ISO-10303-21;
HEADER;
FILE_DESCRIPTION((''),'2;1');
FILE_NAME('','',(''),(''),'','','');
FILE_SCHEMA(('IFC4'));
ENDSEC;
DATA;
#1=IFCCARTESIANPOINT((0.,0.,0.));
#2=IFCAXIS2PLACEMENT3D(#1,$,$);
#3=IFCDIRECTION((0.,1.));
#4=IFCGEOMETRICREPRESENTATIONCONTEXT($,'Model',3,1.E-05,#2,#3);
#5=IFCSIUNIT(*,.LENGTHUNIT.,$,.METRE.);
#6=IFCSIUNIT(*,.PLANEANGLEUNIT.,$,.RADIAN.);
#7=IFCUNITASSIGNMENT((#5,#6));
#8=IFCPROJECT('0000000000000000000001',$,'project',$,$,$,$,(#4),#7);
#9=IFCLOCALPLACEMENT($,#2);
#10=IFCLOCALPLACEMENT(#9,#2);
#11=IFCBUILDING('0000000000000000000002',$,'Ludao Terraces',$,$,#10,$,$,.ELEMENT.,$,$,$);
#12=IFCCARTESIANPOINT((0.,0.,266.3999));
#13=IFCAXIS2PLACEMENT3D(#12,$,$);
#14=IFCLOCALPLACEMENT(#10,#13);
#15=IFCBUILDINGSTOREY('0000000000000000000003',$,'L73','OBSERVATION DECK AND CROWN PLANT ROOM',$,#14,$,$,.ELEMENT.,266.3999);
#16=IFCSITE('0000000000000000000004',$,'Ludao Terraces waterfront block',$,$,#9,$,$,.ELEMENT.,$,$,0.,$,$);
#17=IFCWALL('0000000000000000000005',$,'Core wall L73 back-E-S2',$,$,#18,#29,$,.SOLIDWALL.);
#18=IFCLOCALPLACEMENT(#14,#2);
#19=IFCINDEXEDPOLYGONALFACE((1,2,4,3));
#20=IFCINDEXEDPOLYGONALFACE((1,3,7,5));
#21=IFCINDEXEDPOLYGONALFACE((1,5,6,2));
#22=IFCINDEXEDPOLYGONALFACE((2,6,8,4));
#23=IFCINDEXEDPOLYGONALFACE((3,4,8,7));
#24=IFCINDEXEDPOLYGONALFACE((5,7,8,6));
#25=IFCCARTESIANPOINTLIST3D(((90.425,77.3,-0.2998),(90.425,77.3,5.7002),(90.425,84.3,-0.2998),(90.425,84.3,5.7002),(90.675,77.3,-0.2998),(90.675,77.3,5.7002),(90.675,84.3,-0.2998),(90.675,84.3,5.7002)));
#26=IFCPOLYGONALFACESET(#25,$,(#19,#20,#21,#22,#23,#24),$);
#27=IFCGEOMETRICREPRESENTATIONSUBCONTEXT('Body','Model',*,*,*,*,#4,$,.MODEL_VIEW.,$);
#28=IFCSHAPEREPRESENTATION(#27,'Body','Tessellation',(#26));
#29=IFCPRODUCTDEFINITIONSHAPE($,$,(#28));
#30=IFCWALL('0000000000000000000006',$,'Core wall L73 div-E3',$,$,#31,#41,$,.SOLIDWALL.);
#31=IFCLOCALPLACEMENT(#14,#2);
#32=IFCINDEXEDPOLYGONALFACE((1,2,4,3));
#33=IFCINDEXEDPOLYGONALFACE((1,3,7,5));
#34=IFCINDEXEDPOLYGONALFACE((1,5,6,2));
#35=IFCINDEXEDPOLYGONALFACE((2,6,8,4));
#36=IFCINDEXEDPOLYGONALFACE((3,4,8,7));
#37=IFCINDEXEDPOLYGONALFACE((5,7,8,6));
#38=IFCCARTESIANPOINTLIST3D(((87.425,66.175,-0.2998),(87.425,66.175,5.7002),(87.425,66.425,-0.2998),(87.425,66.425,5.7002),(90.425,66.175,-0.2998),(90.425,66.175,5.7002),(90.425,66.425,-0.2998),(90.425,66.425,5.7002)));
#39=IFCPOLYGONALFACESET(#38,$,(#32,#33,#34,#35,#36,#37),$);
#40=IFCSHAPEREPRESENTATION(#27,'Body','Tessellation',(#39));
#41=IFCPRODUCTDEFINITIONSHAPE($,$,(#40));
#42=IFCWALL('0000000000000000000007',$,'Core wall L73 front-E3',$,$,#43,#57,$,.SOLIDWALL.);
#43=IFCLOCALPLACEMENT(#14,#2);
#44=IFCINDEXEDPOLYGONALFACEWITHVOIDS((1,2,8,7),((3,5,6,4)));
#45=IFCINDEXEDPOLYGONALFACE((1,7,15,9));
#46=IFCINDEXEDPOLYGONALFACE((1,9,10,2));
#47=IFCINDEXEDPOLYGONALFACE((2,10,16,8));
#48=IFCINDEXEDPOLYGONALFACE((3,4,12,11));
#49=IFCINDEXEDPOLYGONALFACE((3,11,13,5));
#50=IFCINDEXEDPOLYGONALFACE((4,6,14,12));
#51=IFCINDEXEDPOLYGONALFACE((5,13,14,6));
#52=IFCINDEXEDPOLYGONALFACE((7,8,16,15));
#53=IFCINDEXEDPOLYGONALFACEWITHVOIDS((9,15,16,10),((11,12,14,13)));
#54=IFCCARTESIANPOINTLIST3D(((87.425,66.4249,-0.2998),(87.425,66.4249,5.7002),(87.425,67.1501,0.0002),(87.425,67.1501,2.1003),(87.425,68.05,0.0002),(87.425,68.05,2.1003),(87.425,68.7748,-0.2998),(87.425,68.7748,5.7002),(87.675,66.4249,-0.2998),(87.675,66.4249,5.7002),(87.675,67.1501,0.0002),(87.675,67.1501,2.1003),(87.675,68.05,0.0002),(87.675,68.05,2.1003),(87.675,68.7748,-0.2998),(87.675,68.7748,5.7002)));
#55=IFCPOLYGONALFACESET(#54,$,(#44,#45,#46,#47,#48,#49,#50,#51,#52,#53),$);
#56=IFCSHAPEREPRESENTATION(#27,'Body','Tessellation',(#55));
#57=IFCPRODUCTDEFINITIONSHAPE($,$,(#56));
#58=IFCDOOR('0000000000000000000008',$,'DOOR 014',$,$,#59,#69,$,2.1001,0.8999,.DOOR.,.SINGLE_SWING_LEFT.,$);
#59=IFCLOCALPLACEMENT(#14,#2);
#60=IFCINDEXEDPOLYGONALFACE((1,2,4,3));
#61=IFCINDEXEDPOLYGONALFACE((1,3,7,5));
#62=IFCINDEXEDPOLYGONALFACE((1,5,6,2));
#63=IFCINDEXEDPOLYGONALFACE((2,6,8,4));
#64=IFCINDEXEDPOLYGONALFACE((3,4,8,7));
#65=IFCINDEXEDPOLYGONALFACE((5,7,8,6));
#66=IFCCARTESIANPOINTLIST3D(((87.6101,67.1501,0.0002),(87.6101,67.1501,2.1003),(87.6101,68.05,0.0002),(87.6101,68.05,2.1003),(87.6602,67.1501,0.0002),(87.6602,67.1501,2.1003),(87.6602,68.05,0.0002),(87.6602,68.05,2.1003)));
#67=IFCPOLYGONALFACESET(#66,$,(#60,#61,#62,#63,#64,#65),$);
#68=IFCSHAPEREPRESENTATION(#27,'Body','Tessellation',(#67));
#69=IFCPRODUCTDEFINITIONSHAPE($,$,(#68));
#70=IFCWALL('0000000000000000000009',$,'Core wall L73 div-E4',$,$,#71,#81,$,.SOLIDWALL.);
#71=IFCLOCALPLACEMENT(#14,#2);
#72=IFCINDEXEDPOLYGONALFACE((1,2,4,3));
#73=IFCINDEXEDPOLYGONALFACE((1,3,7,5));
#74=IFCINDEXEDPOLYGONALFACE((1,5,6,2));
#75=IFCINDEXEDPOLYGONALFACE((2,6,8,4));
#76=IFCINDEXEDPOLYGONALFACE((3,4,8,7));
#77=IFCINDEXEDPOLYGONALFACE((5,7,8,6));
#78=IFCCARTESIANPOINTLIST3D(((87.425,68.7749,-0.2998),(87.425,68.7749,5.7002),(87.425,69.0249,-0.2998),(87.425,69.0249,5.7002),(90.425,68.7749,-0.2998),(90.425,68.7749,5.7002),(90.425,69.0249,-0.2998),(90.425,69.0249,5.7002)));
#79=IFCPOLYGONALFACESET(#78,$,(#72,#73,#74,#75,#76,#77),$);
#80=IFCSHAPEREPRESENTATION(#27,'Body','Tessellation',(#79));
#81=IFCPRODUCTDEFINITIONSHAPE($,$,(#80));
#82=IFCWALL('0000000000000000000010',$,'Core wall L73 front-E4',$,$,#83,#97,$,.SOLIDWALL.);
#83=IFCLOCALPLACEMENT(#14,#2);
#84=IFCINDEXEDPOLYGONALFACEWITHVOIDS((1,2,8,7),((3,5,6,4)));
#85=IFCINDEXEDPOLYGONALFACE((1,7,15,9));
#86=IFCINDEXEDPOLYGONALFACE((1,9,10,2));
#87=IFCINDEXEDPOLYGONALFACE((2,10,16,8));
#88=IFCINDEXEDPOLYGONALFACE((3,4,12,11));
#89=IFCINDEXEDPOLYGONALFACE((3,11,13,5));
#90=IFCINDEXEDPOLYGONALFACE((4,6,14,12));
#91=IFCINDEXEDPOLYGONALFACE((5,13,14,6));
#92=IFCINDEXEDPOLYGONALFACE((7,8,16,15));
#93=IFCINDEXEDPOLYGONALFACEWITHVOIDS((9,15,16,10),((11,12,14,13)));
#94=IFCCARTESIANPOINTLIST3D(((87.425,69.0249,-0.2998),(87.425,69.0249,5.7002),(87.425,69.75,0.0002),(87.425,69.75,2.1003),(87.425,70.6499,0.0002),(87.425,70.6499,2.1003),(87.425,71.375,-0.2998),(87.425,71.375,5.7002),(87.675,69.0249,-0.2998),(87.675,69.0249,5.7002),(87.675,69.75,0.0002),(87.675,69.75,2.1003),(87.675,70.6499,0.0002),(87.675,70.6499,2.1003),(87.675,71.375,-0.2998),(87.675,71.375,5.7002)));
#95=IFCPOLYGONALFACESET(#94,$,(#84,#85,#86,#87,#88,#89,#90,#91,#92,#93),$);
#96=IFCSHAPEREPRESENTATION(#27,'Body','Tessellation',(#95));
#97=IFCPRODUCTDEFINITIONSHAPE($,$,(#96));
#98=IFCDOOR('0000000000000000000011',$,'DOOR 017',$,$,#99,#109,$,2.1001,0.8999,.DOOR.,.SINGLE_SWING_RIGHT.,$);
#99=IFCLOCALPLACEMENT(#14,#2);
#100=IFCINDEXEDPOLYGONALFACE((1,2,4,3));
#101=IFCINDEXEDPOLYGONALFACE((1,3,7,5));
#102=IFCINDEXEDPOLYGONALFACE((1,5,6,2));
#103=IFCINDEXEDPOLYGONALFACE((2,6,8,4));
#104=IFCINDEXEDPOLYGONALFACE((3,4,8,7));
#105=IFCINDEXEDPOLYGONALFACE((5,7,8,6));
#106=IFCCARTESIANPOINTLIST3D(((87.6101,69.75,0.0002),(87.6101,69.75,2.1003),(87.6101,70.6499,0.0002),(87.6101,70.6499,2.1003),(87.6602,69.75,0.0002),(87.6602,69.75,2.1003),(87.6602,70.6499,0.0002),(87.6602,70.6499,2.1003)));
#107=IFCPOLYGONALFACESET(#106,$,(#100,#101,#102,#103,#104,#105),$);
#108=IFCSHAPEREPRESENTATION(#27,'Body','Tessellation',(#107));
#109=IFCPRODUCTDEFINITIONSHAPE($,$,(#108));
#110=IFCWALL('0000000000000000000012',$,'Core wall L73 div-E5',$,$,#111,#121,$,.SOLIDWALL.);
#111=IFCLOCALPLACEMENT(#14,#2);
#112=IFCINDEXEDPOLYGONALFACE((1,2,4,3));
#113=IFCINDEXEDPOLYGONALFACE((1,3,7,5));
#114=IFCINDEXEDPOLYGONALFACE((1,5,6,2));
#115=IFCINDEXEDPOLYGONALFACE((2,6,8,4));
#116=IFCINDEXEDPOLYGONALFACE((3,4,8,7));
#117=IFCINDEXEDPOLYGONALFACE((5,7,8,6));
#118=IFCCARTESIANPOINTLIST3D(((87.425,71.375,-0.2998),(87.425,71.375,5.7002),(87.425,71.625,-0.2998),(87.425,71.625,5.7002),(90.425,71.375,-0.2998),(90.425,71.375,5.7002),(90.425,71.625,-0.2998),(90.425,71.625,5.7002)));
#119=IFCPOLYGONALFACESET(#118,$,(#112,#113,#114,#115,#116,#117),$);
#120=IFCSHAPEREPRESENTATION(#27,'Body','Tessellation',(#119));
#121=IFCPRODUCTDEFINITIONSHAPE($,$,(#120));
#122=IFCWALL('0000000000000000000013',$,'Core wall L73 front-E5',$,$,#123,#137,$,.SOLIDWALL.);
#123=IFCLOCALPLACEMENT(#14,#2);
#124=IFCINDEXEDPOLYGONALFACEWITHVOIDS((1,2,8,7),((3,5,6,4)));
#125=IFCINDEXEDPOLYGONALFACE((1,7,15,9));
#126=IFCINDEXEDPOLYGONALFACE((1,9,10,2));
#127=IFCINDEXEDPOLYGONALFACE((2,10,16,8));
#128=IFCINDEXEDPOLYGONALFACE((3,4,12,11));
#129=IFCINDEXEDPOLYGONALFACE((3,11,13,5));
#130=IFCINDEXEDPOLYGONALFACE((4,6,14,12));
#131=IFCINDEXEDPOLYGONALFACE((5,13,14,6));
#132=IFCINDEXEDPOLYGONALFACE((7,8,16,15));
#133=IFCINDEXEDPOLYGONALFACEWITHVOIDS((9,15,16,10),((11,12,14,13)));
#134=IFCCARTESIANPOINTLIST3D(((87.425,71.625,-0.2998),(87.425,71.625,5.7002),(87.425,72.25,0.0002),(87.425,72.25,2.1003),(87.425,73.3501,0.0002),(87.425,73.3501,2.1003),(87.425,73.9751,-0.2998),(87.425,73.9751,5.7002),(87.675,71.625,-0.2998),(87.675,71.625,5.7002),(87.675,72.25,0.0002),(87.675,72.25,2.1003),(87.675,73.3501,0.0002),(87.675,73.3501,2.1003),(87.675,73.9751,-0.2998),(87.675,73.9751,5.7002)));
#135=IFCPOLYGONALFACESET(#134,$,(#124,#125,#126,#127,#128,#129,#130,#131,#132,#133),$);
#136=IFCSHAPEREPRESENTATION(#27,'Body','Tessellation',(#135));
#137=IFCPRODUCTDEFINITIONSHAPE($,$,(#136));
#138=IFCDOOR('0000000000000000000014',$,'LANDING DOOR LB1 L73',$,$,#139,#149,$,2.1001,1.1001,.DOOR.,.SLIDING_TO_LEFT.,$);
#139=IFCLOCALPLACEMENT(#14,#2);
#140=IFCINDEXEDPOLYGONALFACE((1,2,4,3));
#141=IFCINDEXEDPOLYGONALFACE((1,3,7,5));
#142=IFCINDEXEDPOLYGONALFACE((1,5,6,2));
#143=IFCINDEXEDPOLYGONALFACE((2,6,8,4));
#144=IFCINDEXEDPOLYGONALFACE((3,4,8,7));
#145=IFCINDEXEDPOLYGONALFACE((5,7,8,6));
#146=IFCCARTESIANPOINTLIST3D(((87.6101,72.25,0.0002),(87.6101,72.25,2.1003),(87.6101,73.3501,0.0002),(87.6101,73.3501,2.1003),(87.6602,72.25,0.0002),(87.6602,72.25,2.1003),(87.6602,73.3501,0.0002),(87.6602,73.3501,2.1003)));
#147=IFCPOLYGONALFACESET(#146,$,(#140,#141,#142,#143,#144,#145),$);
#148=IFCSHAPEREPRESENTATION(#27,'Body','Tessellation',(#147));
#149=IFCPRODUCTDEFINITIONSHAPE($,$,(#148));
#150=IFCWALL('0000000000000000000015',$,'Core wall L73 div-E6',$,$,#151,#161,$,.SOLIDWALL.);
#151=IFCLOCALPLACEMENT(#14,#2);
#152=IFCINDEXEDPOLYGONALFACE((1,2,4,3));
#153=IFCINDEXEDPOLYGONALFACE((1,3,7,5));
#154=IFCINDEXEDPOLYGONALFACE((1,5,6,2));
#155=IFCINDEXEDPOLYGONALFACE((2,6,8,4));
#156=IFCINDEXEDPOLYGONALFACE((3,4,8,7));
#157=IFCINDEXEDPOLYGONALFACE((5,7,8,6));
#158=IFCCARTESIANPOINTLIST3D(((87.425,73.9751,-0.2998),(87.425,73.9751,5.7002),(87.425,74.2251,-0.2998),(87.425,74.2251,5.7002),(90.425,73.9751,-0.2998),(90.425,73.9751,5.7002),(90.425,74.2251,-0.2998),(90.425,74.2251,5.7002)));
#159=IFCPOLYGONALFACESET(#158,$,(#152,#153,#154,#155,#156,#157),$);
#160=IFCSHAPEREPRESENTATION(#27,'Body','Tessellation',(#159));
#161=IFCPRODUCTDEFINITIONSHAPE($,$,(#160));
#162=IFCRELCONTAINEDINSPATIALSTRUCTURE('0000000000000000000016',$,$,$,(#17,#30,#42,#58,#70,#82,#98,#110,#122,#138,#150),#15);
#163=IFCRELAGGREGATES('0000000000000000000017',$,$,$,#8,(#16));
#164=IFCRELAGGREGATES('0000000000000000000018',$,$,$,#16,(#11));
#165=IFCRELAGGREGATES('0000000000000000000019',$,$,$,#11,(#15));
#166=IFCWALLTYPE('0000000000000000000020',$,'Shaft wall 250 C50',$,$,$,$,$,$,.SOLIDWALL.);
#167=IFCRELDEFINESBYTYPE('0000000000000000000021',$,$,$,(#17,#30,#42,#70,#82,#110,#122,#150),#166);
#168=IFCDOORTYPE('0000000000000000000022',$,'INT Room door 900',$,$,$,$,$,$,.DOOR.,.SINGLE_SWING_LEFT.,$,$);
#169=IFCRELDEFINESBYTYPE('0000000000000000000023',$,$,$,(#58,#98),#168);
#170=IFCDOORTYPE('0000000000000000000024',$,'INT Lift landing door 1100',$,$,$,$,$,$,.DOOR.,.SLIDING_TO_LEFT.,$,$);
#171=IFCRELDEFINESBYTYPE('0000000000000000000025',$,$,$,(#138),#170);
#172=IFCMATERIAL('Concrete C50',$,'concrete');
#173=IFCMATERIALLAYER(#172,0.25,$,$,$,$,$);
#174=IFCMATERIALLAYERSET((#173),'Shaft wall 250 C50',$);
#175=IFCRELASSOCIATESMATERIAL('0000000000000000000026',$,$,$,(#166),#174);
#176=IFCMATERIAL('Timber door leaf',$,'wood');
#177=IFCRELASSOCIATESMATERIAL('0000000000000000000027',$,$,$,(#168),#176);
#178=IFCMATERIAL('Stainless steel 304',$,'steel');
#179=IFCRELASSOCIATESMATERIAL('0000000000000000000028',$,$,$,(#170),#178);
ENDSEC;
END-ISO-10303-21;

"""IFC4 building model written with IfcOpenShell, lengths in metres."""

from ifc_helpers import new_model, si_unit, direction, frame, frame_2d, origin, place, context, subcontext, project, spatial, rectangle, extrude, material, layer, layer_set, type_object, element, fill, save


model = new_model("IFC4")

# Units and contexts
model_context = context("Model", 3, precision=1e-05, world=origin(), true_north=direction((0.0, 1.0)))
body_context = subcontext(model_context, "Body", "Model", "MODEL_VIEW")
ifc_project = project(units=[si_unit("LENGTHUNIT", "METRE"), si_unit("PLANEANGLEUNIT", "RADIAN")], contexts=[model_context])

# Site, building, storey
site_placement = place(None, origin())
site = spatial("IfcSite", under=ifc_project, at=site_placement, Name="Ludao Terraces waterfront block", CompositionType="ELEMENT", RefElevation=0.0)
building_placement = place(site_placement, origin())
building = spatial("IfcBuilding", under=site, at=building_placement, Name="Ludao Terraces", CompositionType="ELEMENT")
storey_placement = place(building_placement, frame((0.0, 0.0, 266.3999)))
storey = spatial("IfcBuildingStorey", under=building, at=storey_placement, Name="L73", Description="OBSERVATION DECK AND CROWN PLANT ROOM", CompositionType="ELEMENT", Elevation=266.3999)

# Shared definitions
ifc_material_1 = material(Name="Concrete C50", Category="concrete")

# Walls
ifc_layer_1 = layer(ifc_material_1, 0.25)
ifc_layer_set_1 = layer_set([ifc_layer_1], Name="Shaft wall 250 C50")
wall_type_1 = type_object("IfcWallType", Name="Shaft wall 250 C50", PredefinedType="SOLIDWALL", material=ifc_layer_set_1)
wall_1_placement = place(storey_placement, frame((90.55, 77.3, -0.2998), z_axis=(0.0, 0.0, 1.0), x_axis=(0.0, 1.0, 0.0)))
element("IfcWall", 1, at=wall_1_placement, inside=storey, type_object=wall_type_1, Name="Core wall L73 back-E-S2", PredefinedType="SOLIDWALL", context=body_context, shape_type="SweptSolid", body=[
    extrude(rectangle(XDim=7.0, YDim=0.25, at=frame_2d((3.5, 0.0))), origin(), (0.0, 0.0, 1.0), 6.0),
])
wall_2_placement = place(storey_placement, frame((87.425, 66.3, -0.2998), z_axis=(0.0, 0.0, 1.0), x_axis=(1.0, 0.0, 0.0)))
element("IfcWall", 2, at=wall_2_placement, inside=storey, type_object=wall_type_1, Name="Core wall L73 div-E3", PredefinedType="SOLIDWALL", context=body_context, shape_type="SweptSolid", body=[
    extrude(rectangle(XDim=3.0, YDim=0.25, at=frame_2d((1.5, 0.0))), origin(), (0.0, 0.0, 1.0), 6.0),
])

# Wall, opening, door
wall_3_placement = place(storey_placement, frame((87.55, 66.425, -0.2998), z_axis=(0.0, 0.0, 1.0), x_axis=(0.0, 1.0, 0.0)))
wall_3 = element("IfcWall", 3, at=wall_3_placement, inside=storey, type_object=wall_type_1, Name="Core wall L73 front-E3", PredefinedType="SOLIDWALL", context=body_context, shape_type="SweptSolid", body=[
    extrude(rectangle(XDim=2.3499, YDim=0.25, at=frame_2d((1.1748, 0.0))), origin(), (0.0, 0.0, 1.0), 6.0),
])
opening_1_placement = place(wall_3_placement, frame((0.7251, 0.0, 0.3)))
opening_1 = element("IfcOpeningElement", 4, at=opening_1_placement, cuts=wall_3, PredefinedType="OPENING", context=body_context, shape_type="SweptSolid", body=[
    extrude(rectangle(XDim=0.8999, YDim=2.1001, at=frame_2d((0.45, 1.05))), frame((0.0, 0.135, 0.0), z_axis=(0.0, -1.0, 0.0), x_axis=(1.0, 0.0, 0.0)), (0.0, 0.0, 1.0), 0.27),
])
ifc_material_2 = material(Name="Timber door leaf", Category="wood")
door_type_1 = type_object("IfcDoorType", Name="INT Room door 900", OperationType="SINGLE_SWING_LEFT", PredefinedType="DOOR", material=ifc_material_2)
door_1_placement = place(opening_1_placement, origin())
door_1 = element("IfcDoor", 5, at=door_1_placement, inside=storey, type_object=door_type_1, Name="DOOR 014", OperationType="SINGLE_SWING_LEFT", OverallHeight=2.1001, OverallWidth=0.8999, PredefinedType="DOOR", context=body_context, shape_type="SweptSolid", body=[
    extrude(rectangle(XDim=0.8999, YDim=2.1001, at=frame_2d((0.45, 1.05))), frame((0.0, -0.0601, 0.0), z_axis=(0.0, -1.0, 0.0), x_axis=(1.0, 0.0, 0.0)), (0.0, 0.0, 1.0), 0.05),
])
fill(opening_1, door_1)

# Wall
wall_4_placement = place(storey_placement, frame((87.425, 68.8999, -0.2998), z_axis=(0.0, 0.0, 1.0), x_axis=(1.0, 0.0, 0.0)))
element("IfcWall", 6, at=wall_4_placement, inside=storey, type_object=wall_type_1, Name="Core wall L73 div-E4", PredefinedType="SOLIDWALL", context=body_context, shape_type="SweptSolid", body=[
    extrude(rectangle(XDim=3.0, YDim=0.25, at=frame_2d((1.5, 0.0))), origin(), (0.0, 0.0, 1.0), 6.0),
])

# Wall, opening, door
wall_5_placement = place(storey_placement, frame((87.55, 69.0249, -0.2998), z_axis=(0.0, 0.0, 1.0), x_axis=(0.0, 1.0, 0.0)))
wall_5 = element("IfcWall", 7, at=wall_5_placement, inside=storey, type_object=wall_type_1, Name="Core wall L73 front-E4", PredefinedType="SOLIDWALL", context=body_context, shape_type="SweptSolid", body=[
    extrude(rectangle(XDim=2.3501, YDim=0.25, at=frame_2d((1.175, 0.0))), origin(), (0.0, 0.0, 1.0), 6.0),
])
opening_2_placement = place(wall_5_placement, frame((0.7251, 0.0, 0.3)))
opening_2 = element("IfcOpeningElement", 8, at=opening_2_placement, cuts=wall_5, PredefinedType="OPENING", context=body_context, shape_type="SweptSolid", body=[
    extrude(rectangle(XDim=0.8999, YDim=2.1001, at=frame_2d((0.45, 1.05))), frame((0.0, 0.135, 0.0), z_axis=(0.0, -1.0, 0.0), x_axis=(1.0, 0.0, 0.0)), (0.0, 0.0, 1.0), 0.27),
])
door_2_placement = place(opening_2_placement, origin())
door_2 = element("IfcDoor", 9, at=door_2_placement, inside=storey, type_object=door_type_1, Name="DOOR 017", OperationType="SINGLE_SWING_RIGHT", OverallHeight=2.1001, OverallWidth=0.8999, PredefinedType="DOOR", context=body_context, shape_type="SweptSolid", body=[
    extrude(rectangle(XDim=0.8999, YDim=2.1001, at=frame_2d((0.45, 1.05))), frame((0.0, -0.0601, 0.0), z_axis=(0.0, -1.0, 0.0), x_axis=(1.0, 0.0, 0.0)), (0.0, 0.0, 1.0), 0.05),
])
fill(opening_2, door_2)

# Wall
wall_6_placement = place(storey_placement, frame((87.425, 71.5, -0.2998), z_axis=(0.0, 0.0, 1.0), x_axis=(1.0, 0.0, 0.0)))
element("IfcWall", 10, at=wall_6_placement, inside=storey, type_object=wall_type_1, Name="Core wall L73 div-E5", PredefinedType="SOLIDWALL", context=body_context, shape_type="SweptSolid", body=[
    extrude(rectangle(XDim=3.0, YDim=0.25, at=frame_2d((1.5, 0.0))), origin(), (0.0, 0.0, 1.0), 6.0),
])

# Wall, opening, door
wall_7_placement = place(storey_placement, frame((87.55, 71.625, -0.2998), z_axis=(0.0, 0.0, 1.0), x_axis=(0.0, 1.0, 0.0)))
wall_7 = element("IfcWall", 11, at=wall_7_placement, inside=storey, type_object=wall_type_1, Name="Core wall L73 front-E5", PredefinedType="SOLIDWALL", context=body_context, shape_type="SweptSolid", body=[
    extrude(rectangle(XDim=2.3501, YDim=0.25, at=frame_2d((1.175, 0.0))), origin(), (0.0, 0.0, 1.0), 6.0),
])
opening_3_placement = place(wall_7_placement, frame((0.625, 0.0, 0.3)))
opening_3 = element("IfcOpeningElement", 12, at=opening_3_placement, cuts=wall_7, PredefinedType="OPENING", context=body_context, shape_type="SweptSolid", body=[
    extrude(rectangle(XDim=1.1001, YDim=2.1001, at=frame_2d((0.55, 1.05))), frame((0.0, 0.135, 0.0), z_axis=(0.0, -1.0, 0.0), x_axis=(1.0, 0.0, 0.0)), (0.0, 0.0, 1.0), 0.27),
])
ifc_material_3 = material(Name="Stainless steel 304", Category="steel")
door_type_2 = type_object("IfcDoorType", Name="INT Lift landing door 1100", OperationType="SLIDING_TO_LEFT", PredefinedType="DOOR", material=ifc_material_3)
door_3_placement = place(opening_3_placement, origin())
door_3 = element("IfcDoor", 13, at=door_3_placement, inside=storey, type_object=door_type_2, Name="LANDING DOOR LB1 L73", OperationType="SLIDING_TO_LEFT", OverallHeight=2.1001, OverallWidth=1.1001, PredefinedType="DOOR", context=body_context, shape_type="SweptSolid", body=[
    extrude(rectangle(XDim=1.1001, YDim=2.1001, at=frame_2d((0.55, 1.05))), frame((0.0, -0.0601, 0.0), z_axis=(0.0, -1.0, 0.0), x_axis=(1.0, 0.0, 0.0)), (0.0, 0.0, 1.0), 0.05),
])
fill(opening_3, door_3)

# Wall
wall_8_placement = place(storey_placement, frame((87.425, 74.1001, -0.2998), z_axis=(0.0, 0.0, 1.0), x_axis=(1.0, 0.0, 0.0)))
element("IfcWall", 14, at=wall_8_placement, inside=storey, type_object=wall_type_1, Name="Core wall L73 div-E6", PredefinedType="SOLIDWALL", context=body_context, shape_type="SweptSolid", body=[
    extrude(rectangle(XDim=3.0, YDim=0.25, at=frame_2d((1.5, 0.0))), origin(), (0.0, 0.0, 1.0), 6.0),
])

save(model, "model.ifc")
